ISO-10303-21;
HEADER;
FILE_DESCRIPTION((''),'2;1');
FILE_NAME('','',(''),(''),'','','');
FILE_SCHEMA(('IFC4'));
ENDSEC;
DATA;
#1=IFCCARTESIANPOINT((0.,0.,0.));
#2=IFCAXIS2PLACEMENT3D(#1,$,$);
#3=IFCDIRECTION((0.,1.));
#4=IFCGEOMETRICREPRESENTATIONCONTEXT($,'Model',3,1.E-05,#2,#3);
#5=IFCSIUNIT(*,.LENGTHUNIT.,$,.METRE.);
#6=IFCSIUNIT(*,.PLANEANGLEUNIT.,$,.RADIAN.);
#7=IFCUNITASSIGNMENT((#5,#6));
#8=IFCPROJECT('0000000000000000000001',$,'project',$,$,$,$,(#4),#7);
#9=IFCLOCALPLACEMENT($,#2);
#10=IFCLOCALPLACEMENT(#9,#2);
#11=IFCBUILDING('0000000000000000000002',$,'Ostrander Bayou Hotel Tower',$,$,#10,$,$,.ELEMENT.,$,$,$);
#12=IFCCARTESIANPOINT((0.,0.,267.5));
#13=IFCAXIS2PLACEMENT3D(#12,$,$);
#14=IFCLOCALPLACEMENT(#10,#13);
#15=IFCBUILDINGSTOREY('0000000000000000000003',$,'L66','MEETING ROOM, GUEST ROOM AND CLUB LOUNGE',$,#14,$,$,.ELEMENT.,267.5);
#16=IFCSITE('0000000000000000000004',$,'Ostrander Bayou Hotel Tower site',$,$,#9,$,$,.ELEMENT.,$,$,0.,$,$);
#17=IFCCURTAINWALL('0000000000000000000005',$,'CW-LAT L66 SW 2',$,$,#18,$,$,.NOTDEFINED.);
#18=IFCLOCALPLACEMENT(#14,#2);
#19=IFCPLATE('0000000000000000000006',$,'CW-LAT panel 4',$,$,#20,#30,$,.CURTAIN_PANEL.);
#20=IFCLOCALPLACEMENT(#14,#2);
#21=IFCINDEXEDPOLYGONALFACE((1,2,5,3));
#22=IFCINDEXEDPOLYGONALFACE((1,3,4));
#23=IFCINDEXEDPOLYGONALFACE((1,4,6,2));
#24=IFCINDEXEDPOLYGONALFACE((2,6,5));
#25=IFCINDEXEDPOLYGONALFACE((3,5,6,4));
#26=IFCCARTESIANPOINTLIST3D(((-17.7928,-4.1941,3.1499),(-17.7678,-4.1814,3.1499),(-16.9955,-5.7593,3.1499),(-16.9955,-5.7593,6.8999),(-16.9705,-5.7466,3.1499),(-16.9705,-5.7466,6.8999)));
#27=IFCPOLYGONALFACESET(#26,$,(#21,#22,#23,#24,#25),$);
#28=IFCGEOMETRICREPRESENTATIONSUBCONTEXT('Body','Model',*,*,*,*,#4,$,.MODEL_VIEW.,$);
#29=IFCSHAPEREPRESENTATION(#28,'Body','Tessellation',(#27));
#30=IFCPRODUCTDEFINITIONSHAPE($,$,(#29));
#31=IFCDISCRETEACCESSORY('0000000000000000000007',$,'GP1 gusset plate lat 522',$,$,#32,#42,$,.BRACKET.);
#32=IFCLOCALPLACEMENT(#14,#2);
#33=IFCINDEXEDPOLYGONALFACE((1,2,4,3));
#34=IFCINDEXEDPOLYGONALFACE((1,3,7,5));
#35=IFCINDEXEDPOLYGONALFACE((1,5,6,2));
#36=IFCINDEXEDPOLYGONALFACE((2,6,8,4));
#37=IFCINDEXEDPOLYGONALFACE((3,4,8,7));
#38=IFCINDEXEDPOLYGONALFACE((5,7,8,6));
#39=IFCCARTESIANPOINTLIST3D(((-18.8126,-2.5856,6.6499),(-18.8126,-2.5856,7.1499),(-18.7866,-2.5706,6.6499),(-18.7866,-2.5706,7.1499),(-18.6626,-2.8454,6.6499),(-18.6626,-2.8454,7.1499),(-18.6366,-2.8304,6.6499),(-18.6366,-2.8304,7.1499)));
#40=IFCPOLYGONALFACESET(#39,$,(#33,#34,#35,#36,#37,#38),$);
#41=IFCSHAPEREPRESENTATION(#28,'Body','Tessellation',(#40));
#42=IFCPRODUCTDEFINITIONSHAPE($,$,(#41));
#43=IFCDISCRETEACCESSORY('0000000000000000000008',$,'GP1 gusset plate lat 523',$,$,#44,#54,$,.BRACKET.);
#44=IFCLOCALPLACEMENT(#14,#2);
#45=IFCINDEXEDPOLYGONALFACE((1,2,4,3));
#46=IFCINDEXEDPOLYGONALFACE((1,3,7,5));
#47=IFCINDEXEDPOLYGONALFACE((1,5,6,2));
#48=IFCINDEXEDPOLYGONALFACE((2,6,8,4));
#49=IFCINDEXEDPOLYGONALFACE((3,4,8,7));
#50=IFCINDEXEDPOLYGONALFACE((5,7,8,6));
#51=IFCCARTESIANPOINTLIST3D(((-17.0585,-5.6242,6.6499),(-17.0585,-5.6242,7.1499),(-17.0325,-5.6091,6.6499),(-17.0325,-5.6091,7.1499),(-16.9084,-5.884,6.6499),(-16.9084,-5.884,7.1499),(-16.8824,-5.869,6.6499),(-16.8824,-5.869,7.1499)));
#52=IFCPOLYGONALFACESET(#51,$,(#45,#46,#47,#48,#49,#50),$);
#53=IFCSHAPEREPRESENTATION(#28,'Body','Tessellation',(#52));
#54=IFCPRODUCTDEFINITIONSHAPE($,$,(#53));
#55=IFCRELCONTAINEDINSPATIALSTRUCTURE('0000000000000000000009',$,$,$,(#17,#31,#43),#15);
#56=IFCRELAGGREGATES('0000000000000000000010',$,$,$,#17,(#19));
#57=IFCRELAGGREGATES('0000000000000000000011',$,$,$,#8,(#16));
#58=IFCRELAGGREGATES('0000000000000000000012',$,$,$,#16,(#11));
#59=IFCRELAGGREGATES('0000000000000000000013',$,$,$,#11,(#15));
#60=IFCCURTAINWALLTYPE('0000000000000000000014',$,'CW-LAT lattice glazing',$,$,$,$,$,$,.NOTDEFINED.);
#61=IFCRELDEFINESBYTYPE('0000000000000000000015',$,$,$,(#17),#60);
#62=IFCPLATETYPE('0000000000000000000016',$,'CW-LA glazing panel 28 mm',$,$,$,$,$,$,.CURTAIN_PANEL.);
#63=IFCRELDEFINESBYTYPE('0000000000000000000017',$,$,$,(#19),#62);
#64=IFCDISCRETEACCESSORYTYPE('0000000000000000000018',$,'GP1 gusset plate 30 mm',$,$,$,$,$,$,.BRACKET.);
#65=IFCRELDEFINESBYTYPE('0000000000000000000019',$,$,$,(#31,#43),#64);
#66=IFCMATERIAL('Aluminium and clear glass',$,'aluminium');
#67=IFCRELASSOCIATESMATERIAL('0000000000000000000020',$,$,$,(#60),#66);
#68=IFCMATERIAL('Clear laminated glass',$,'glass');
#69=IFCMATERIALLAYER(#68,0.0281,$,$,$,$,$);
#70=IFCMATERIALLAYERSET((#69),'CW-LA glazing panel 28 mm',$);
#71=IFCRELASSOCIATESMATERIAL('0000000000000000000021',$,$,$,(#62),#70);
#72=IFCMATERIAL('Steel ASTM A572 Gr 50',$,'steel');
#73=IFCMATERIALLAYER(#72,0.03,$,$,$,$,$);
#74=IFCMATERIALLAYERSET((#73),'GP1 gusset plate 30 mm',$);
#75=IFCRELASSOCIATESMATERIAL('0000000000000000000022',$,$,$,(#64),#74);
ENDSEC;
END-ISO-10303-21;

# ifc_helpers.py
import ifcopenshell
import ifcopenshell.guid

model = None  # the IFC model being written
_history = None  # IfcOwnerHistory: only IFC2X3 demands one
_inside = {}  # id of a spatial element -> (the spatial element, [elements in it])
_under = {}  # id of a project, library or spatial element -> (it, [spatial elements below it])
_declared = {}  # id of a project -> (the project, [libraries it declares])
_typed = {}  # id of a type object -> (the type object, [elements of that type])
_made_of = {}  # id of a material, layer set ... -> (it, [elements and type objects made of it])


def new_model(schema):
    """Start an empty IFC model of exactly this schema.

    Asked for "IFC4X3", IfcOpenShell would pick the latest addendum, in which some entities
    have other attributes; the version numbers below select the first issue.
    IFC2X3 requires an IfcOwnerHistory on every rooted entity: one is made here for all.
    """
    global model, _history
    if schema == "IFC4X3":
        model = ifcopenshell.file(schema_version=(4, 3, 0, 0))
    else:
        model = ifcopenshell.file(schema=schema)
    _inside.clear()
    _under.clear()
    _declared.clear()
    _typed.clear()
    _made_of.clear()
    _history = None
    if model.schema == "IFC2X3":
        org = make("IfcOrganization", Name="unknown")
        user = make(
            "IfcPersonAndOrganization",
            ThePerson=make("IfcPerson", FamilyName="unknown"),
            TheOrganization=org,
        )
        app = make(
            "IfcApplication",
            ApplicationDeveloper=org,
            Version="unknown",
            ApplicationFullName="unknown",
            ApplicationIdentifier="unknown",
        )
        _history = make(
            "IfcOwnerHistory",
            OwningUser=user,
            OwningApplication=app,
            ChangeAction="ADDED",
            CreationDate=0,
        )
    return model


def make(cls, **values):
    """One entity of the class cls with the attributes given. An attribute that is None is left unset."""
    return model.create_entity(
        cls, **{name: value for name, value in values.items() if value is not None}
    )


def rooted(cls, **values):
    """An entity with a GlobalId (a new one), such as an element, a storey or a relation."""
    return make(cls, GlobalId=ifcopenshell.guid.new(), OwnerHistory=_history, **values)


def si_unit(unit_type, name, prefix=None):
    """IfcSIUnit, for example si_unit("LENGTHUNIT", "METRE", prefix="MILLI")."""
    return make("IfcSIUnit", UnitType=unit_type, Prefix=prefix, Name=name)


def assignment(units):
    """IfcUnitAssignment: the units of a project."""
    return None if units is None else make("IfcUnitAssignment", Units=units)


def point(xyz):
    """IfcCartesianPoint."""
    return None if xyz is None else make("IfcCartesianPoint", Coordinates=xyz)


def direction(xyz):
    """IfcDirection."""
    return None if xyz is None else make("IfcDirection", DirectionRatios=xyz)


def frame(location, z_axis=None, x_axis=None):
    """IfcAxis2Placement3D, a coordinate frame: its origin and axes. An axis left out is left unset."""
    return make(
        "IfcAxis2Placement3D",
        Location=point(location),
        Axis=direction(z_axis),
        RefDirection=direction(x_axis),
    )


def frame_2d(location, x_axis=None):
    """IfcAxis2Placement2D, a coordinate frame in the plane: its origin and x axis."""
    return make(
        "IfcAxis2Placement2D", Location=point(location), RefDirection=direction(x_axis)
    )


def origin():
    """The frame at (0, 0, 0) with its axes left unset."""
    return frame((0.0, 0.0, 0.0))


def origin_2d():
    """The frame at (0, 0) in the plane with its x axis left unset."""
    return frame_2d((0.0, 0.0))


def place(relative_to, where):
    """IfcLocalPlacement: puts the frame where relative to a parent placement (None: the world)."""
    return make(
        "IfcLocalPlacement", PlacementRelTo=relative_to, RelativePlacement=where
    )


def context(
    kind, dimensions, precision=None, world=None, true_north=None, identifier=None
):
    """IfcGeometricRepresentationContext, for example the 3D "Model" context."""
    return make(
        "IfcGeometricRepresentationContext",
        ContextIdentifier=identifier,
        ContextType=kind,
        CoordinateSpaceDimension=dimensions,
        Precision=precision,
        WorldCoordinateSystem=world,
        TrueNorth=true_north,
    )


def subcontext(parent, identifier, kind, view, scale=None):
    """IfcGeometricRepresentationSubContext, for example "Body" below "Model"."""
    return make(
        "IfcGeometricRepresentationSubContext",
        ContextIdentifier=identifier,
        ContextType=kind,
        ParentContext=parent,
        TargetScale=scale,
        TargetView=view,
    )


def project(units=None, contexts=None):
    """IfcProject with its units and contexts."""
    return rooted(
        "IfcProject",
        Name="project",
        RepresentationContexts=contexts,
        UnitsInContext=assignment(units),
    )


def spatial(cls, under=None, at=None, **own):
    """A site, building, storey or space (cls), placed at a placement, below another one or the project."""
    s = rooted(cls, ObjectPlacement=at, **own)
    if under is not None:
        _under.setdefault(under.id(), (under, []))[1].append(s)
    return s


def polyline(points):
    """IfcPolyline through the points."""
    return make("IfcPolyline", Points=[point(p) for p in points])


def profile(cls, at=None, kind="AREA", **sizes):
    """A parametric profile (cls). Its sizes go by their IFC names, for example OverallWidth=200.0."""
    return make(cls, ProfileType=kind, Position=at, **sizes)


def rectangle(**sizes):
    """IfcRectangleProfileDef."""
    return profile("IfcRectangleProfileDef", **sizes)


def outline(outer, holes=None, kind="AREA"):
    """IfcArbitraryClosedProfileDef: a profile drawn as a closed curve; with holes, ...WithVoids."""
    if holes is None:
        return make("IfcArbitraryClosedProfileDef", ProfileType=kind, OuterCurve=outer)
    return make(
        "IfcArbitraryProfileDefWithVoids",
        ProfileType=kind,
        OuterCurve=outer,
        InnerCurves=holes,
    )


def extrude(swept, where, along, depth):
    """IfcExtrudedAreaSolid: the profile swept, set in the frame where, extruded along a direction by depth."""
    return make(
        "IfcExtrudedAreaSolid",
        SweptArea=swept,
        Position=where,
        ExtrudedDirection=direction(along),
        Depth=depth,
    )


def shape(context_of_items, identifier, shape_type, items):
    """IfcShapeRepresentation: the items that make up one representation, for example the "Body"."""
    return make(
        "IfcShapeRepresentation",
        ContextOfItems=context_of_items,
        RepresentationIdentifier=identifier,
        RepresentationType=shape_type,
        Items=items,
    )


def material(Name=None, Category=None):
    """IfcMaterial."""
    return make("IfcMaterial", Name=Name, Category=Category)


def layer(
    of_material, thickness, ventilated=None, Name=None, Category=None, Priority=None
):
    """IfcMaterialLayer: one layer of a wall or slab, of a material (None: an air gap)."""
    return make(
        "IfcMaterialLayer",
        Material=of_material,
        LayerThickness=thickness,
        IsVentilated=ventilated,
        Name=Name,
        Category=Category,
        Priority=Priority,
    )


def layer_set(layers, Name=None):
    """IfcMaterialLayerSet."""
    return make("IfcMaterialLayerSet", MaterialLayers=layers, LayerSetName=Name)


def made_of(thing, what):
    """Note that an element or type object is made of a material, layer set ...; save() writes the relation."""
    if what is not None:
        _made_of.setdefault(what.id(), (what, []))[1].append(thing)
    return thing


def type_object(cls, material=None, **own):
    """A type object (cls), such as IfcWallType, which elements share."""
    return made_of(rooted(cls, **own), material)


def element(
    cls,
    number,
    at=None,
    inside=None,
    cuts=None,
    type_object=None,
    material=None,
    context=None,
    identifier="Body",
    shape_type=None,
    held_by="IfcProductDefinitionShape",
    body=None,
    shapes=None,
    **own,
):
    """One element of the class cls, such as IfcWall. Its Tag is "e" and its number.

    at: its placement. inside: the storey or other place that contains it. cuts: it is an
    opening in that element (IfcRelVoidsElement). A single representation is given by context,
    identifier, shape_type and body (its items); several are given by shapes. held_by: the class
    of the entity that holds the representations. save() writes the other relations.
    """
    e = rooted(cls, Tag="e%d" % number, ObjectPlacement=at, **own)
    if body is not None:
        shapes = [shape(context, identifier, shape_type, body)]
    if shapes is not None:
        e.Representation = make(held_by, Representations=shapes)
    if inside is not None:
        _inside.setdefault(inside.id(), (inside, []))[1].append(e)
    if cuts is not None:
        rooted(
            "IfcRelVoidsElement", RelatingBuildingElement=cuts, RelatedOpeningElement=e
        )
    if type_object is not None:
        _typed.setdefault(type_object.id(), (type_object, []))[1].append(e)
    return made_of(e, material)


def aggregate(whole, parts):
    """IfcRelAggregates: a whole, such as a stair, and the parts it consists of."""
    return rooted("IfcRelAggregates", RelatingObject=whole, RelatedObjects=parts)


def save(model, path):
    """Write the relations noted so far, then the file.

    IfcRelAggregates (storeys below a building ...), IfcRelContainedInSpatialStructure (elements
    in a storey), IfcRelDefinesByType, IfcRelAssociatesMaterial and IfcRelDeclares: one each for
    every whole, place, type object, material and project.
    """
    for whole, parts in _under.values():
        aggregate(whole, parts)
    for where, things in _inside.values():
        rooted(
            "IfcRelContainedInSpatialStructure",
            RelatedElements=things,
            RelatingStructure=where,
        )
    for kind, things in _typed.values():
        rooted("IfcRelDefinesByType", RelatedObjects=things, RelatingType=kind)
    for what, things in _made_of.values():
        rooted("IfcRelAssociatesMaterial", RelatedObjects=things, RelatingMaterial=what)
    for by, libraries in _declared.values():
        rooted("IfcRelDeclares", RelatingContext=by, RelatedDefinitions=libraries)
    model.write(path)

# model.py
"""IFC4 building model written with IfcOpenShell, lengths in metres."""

from ifc_helpers import new_model, si_unit, direction, frame, origin, origin_2d, place, context, subcontext, project, spatial, polyline, rectangle, outline, extrude, material, layer, layer_set, type_object, element, aggregate, save


model = new_model("IFC4")

# Units and contexts
model_context = context("Model", 3, precision=1e-05, world=origin(), true_north=direction((0.0, 1.0)))
body_context = subcontext(model_context, "Body", "Model", "MODEL_VIEW")
ifc_project = project(units=[si_unit("LENGTHUNIT", "METRE"), si_unit("PLANEANGLEUNIT", "RADIAN")], contexts=[model_context])

# Site, building, storey
site_placement = place(None, origin())
site = spatial("IfcSite", under=ifc_project, at=site_placement, Name="Ostrander Bayou Hotel Tower site", CompositionType="ELEMENT", RefElevation=0.0)
building_placement = place(site_placement, origin())
building = spatial("IfcBuilding", under=site, at=building_placement, Name="Ostrander Bayou Hotel Tower", CompositionType="ELEMENT")
storey_placement = place(building_placement, frame((0.0, 0.0, 267.5)))
storey = spatial("IfcBuildingStorey", under=building, at=storey_placement, Name="L66", Description="MEETING ROOM, GUEST ROOM AND CLUB LOUNGE", CompositionType="ELEMENT", Elevation=267.5)

# Curtain wall
ifc_material_1 = material(Name="Aluminium and clear glass", Category="aluminium")
curtain_wall_type = type_object("IfcCurtainWallType", Name="CW-LAT lattice glazing", PredefinedType="NOTDEFINED", material=ifc_material_1)
curtain_wall_1_placement = place(storey_placement, origin())
curtain_wall_1 = element("IfcCurtainWall", 1, at=curtain_wall_1_placement, inside=storey, type_object=curtain_wall_type, Name="CW-LAT L66 SW 2", PredefinedType="NOTDEFINED")

# Shared definitions
ifc_material_2 = material(Name="Clear laminated glass", Category="glass")
ifc_layer_1 = layer(ifc_material_2, 0.0281)
ifc_layer_set_1 = layer_set([ifc_layer_1], Name="CW-LA glazing panel 28 mm")
plate_type = type_object("IfcPlateType", Name="CW-LA glazing panel 28 mm", PredefinedType="CURTAIN_PANEL", material=ifc_layer_set_1)

# Plate
plate_1_placement = place(storey_placement, frame((-17.7678, -4.1814, 3.1499), z_axis=(0.891038, 0.453928, 0.0), x_axis=(0.192552, -0.37797, 0.905573)))
plate_1 = element("IfcPlate", 2, at=plate_1_placement, type_object=plate_type, Name="CW-LAT panel 4", PredefinedType="CURTAIN_PANEL", context=body_context, shape_type="SweptSolid", body=[
    extrude(outline(polyline([(0.0, 0.0), (4.141, 0.0), (0.7451, 1.5907), (0.0, 0.0)])), origin(), (0.0, 0.0, -1.0), 0.0281),
])
aggregate(curtain_wall_1, [plate_1])

# Discrete accessories
ifc_material_3 = material(Name="Steel ASTM A572 Gr 50", Category="steel")
ifc_layer_2 = layer(ifc_material_3, 0.03)
ifc_layer_set_2 = layer_set([ifc_layer_2], Name="GP1 gusset plate 30 mm")
discrete_accessory_type = type_object("IfcDiscreteAccessoryType", Name="GP1 gusset plate 30 mm", PredefinedType="BRACKET", material=ifc_layer_set_2)
for number, where, z_axis, x_axis, name in (
    (3, (-18.7246, -2.708, 6.6499), (0.0, 0.0, 1.0), (0.5, -0.866025, 0.0), "GP1 gusset plate lat 522"),
    (4, (-16.9705, -5.7466, 6.6499), (0.0, 0.0, 1.0), (0.5, -0.866025, 0.0), "GP1 gusset plate lat 523"),
):
    element("IfcDiscreteAccessory", number, at=place(storey_placement, frame(where, z_axis=z_axis, x_axis=x_axis)), inside=storey, type_object=discrete_accessory_type, Name=name, PredefinedType="BRACKET", context=body_context, shape_type="SweptSolid", body=[
        extrude(rectangle(XDim=0.3, YDim=0.03, at=origin_2d()), origin(), (0.0, 0.0, 1.0), 0.5),
    ])

save(model, "model.ifc")
